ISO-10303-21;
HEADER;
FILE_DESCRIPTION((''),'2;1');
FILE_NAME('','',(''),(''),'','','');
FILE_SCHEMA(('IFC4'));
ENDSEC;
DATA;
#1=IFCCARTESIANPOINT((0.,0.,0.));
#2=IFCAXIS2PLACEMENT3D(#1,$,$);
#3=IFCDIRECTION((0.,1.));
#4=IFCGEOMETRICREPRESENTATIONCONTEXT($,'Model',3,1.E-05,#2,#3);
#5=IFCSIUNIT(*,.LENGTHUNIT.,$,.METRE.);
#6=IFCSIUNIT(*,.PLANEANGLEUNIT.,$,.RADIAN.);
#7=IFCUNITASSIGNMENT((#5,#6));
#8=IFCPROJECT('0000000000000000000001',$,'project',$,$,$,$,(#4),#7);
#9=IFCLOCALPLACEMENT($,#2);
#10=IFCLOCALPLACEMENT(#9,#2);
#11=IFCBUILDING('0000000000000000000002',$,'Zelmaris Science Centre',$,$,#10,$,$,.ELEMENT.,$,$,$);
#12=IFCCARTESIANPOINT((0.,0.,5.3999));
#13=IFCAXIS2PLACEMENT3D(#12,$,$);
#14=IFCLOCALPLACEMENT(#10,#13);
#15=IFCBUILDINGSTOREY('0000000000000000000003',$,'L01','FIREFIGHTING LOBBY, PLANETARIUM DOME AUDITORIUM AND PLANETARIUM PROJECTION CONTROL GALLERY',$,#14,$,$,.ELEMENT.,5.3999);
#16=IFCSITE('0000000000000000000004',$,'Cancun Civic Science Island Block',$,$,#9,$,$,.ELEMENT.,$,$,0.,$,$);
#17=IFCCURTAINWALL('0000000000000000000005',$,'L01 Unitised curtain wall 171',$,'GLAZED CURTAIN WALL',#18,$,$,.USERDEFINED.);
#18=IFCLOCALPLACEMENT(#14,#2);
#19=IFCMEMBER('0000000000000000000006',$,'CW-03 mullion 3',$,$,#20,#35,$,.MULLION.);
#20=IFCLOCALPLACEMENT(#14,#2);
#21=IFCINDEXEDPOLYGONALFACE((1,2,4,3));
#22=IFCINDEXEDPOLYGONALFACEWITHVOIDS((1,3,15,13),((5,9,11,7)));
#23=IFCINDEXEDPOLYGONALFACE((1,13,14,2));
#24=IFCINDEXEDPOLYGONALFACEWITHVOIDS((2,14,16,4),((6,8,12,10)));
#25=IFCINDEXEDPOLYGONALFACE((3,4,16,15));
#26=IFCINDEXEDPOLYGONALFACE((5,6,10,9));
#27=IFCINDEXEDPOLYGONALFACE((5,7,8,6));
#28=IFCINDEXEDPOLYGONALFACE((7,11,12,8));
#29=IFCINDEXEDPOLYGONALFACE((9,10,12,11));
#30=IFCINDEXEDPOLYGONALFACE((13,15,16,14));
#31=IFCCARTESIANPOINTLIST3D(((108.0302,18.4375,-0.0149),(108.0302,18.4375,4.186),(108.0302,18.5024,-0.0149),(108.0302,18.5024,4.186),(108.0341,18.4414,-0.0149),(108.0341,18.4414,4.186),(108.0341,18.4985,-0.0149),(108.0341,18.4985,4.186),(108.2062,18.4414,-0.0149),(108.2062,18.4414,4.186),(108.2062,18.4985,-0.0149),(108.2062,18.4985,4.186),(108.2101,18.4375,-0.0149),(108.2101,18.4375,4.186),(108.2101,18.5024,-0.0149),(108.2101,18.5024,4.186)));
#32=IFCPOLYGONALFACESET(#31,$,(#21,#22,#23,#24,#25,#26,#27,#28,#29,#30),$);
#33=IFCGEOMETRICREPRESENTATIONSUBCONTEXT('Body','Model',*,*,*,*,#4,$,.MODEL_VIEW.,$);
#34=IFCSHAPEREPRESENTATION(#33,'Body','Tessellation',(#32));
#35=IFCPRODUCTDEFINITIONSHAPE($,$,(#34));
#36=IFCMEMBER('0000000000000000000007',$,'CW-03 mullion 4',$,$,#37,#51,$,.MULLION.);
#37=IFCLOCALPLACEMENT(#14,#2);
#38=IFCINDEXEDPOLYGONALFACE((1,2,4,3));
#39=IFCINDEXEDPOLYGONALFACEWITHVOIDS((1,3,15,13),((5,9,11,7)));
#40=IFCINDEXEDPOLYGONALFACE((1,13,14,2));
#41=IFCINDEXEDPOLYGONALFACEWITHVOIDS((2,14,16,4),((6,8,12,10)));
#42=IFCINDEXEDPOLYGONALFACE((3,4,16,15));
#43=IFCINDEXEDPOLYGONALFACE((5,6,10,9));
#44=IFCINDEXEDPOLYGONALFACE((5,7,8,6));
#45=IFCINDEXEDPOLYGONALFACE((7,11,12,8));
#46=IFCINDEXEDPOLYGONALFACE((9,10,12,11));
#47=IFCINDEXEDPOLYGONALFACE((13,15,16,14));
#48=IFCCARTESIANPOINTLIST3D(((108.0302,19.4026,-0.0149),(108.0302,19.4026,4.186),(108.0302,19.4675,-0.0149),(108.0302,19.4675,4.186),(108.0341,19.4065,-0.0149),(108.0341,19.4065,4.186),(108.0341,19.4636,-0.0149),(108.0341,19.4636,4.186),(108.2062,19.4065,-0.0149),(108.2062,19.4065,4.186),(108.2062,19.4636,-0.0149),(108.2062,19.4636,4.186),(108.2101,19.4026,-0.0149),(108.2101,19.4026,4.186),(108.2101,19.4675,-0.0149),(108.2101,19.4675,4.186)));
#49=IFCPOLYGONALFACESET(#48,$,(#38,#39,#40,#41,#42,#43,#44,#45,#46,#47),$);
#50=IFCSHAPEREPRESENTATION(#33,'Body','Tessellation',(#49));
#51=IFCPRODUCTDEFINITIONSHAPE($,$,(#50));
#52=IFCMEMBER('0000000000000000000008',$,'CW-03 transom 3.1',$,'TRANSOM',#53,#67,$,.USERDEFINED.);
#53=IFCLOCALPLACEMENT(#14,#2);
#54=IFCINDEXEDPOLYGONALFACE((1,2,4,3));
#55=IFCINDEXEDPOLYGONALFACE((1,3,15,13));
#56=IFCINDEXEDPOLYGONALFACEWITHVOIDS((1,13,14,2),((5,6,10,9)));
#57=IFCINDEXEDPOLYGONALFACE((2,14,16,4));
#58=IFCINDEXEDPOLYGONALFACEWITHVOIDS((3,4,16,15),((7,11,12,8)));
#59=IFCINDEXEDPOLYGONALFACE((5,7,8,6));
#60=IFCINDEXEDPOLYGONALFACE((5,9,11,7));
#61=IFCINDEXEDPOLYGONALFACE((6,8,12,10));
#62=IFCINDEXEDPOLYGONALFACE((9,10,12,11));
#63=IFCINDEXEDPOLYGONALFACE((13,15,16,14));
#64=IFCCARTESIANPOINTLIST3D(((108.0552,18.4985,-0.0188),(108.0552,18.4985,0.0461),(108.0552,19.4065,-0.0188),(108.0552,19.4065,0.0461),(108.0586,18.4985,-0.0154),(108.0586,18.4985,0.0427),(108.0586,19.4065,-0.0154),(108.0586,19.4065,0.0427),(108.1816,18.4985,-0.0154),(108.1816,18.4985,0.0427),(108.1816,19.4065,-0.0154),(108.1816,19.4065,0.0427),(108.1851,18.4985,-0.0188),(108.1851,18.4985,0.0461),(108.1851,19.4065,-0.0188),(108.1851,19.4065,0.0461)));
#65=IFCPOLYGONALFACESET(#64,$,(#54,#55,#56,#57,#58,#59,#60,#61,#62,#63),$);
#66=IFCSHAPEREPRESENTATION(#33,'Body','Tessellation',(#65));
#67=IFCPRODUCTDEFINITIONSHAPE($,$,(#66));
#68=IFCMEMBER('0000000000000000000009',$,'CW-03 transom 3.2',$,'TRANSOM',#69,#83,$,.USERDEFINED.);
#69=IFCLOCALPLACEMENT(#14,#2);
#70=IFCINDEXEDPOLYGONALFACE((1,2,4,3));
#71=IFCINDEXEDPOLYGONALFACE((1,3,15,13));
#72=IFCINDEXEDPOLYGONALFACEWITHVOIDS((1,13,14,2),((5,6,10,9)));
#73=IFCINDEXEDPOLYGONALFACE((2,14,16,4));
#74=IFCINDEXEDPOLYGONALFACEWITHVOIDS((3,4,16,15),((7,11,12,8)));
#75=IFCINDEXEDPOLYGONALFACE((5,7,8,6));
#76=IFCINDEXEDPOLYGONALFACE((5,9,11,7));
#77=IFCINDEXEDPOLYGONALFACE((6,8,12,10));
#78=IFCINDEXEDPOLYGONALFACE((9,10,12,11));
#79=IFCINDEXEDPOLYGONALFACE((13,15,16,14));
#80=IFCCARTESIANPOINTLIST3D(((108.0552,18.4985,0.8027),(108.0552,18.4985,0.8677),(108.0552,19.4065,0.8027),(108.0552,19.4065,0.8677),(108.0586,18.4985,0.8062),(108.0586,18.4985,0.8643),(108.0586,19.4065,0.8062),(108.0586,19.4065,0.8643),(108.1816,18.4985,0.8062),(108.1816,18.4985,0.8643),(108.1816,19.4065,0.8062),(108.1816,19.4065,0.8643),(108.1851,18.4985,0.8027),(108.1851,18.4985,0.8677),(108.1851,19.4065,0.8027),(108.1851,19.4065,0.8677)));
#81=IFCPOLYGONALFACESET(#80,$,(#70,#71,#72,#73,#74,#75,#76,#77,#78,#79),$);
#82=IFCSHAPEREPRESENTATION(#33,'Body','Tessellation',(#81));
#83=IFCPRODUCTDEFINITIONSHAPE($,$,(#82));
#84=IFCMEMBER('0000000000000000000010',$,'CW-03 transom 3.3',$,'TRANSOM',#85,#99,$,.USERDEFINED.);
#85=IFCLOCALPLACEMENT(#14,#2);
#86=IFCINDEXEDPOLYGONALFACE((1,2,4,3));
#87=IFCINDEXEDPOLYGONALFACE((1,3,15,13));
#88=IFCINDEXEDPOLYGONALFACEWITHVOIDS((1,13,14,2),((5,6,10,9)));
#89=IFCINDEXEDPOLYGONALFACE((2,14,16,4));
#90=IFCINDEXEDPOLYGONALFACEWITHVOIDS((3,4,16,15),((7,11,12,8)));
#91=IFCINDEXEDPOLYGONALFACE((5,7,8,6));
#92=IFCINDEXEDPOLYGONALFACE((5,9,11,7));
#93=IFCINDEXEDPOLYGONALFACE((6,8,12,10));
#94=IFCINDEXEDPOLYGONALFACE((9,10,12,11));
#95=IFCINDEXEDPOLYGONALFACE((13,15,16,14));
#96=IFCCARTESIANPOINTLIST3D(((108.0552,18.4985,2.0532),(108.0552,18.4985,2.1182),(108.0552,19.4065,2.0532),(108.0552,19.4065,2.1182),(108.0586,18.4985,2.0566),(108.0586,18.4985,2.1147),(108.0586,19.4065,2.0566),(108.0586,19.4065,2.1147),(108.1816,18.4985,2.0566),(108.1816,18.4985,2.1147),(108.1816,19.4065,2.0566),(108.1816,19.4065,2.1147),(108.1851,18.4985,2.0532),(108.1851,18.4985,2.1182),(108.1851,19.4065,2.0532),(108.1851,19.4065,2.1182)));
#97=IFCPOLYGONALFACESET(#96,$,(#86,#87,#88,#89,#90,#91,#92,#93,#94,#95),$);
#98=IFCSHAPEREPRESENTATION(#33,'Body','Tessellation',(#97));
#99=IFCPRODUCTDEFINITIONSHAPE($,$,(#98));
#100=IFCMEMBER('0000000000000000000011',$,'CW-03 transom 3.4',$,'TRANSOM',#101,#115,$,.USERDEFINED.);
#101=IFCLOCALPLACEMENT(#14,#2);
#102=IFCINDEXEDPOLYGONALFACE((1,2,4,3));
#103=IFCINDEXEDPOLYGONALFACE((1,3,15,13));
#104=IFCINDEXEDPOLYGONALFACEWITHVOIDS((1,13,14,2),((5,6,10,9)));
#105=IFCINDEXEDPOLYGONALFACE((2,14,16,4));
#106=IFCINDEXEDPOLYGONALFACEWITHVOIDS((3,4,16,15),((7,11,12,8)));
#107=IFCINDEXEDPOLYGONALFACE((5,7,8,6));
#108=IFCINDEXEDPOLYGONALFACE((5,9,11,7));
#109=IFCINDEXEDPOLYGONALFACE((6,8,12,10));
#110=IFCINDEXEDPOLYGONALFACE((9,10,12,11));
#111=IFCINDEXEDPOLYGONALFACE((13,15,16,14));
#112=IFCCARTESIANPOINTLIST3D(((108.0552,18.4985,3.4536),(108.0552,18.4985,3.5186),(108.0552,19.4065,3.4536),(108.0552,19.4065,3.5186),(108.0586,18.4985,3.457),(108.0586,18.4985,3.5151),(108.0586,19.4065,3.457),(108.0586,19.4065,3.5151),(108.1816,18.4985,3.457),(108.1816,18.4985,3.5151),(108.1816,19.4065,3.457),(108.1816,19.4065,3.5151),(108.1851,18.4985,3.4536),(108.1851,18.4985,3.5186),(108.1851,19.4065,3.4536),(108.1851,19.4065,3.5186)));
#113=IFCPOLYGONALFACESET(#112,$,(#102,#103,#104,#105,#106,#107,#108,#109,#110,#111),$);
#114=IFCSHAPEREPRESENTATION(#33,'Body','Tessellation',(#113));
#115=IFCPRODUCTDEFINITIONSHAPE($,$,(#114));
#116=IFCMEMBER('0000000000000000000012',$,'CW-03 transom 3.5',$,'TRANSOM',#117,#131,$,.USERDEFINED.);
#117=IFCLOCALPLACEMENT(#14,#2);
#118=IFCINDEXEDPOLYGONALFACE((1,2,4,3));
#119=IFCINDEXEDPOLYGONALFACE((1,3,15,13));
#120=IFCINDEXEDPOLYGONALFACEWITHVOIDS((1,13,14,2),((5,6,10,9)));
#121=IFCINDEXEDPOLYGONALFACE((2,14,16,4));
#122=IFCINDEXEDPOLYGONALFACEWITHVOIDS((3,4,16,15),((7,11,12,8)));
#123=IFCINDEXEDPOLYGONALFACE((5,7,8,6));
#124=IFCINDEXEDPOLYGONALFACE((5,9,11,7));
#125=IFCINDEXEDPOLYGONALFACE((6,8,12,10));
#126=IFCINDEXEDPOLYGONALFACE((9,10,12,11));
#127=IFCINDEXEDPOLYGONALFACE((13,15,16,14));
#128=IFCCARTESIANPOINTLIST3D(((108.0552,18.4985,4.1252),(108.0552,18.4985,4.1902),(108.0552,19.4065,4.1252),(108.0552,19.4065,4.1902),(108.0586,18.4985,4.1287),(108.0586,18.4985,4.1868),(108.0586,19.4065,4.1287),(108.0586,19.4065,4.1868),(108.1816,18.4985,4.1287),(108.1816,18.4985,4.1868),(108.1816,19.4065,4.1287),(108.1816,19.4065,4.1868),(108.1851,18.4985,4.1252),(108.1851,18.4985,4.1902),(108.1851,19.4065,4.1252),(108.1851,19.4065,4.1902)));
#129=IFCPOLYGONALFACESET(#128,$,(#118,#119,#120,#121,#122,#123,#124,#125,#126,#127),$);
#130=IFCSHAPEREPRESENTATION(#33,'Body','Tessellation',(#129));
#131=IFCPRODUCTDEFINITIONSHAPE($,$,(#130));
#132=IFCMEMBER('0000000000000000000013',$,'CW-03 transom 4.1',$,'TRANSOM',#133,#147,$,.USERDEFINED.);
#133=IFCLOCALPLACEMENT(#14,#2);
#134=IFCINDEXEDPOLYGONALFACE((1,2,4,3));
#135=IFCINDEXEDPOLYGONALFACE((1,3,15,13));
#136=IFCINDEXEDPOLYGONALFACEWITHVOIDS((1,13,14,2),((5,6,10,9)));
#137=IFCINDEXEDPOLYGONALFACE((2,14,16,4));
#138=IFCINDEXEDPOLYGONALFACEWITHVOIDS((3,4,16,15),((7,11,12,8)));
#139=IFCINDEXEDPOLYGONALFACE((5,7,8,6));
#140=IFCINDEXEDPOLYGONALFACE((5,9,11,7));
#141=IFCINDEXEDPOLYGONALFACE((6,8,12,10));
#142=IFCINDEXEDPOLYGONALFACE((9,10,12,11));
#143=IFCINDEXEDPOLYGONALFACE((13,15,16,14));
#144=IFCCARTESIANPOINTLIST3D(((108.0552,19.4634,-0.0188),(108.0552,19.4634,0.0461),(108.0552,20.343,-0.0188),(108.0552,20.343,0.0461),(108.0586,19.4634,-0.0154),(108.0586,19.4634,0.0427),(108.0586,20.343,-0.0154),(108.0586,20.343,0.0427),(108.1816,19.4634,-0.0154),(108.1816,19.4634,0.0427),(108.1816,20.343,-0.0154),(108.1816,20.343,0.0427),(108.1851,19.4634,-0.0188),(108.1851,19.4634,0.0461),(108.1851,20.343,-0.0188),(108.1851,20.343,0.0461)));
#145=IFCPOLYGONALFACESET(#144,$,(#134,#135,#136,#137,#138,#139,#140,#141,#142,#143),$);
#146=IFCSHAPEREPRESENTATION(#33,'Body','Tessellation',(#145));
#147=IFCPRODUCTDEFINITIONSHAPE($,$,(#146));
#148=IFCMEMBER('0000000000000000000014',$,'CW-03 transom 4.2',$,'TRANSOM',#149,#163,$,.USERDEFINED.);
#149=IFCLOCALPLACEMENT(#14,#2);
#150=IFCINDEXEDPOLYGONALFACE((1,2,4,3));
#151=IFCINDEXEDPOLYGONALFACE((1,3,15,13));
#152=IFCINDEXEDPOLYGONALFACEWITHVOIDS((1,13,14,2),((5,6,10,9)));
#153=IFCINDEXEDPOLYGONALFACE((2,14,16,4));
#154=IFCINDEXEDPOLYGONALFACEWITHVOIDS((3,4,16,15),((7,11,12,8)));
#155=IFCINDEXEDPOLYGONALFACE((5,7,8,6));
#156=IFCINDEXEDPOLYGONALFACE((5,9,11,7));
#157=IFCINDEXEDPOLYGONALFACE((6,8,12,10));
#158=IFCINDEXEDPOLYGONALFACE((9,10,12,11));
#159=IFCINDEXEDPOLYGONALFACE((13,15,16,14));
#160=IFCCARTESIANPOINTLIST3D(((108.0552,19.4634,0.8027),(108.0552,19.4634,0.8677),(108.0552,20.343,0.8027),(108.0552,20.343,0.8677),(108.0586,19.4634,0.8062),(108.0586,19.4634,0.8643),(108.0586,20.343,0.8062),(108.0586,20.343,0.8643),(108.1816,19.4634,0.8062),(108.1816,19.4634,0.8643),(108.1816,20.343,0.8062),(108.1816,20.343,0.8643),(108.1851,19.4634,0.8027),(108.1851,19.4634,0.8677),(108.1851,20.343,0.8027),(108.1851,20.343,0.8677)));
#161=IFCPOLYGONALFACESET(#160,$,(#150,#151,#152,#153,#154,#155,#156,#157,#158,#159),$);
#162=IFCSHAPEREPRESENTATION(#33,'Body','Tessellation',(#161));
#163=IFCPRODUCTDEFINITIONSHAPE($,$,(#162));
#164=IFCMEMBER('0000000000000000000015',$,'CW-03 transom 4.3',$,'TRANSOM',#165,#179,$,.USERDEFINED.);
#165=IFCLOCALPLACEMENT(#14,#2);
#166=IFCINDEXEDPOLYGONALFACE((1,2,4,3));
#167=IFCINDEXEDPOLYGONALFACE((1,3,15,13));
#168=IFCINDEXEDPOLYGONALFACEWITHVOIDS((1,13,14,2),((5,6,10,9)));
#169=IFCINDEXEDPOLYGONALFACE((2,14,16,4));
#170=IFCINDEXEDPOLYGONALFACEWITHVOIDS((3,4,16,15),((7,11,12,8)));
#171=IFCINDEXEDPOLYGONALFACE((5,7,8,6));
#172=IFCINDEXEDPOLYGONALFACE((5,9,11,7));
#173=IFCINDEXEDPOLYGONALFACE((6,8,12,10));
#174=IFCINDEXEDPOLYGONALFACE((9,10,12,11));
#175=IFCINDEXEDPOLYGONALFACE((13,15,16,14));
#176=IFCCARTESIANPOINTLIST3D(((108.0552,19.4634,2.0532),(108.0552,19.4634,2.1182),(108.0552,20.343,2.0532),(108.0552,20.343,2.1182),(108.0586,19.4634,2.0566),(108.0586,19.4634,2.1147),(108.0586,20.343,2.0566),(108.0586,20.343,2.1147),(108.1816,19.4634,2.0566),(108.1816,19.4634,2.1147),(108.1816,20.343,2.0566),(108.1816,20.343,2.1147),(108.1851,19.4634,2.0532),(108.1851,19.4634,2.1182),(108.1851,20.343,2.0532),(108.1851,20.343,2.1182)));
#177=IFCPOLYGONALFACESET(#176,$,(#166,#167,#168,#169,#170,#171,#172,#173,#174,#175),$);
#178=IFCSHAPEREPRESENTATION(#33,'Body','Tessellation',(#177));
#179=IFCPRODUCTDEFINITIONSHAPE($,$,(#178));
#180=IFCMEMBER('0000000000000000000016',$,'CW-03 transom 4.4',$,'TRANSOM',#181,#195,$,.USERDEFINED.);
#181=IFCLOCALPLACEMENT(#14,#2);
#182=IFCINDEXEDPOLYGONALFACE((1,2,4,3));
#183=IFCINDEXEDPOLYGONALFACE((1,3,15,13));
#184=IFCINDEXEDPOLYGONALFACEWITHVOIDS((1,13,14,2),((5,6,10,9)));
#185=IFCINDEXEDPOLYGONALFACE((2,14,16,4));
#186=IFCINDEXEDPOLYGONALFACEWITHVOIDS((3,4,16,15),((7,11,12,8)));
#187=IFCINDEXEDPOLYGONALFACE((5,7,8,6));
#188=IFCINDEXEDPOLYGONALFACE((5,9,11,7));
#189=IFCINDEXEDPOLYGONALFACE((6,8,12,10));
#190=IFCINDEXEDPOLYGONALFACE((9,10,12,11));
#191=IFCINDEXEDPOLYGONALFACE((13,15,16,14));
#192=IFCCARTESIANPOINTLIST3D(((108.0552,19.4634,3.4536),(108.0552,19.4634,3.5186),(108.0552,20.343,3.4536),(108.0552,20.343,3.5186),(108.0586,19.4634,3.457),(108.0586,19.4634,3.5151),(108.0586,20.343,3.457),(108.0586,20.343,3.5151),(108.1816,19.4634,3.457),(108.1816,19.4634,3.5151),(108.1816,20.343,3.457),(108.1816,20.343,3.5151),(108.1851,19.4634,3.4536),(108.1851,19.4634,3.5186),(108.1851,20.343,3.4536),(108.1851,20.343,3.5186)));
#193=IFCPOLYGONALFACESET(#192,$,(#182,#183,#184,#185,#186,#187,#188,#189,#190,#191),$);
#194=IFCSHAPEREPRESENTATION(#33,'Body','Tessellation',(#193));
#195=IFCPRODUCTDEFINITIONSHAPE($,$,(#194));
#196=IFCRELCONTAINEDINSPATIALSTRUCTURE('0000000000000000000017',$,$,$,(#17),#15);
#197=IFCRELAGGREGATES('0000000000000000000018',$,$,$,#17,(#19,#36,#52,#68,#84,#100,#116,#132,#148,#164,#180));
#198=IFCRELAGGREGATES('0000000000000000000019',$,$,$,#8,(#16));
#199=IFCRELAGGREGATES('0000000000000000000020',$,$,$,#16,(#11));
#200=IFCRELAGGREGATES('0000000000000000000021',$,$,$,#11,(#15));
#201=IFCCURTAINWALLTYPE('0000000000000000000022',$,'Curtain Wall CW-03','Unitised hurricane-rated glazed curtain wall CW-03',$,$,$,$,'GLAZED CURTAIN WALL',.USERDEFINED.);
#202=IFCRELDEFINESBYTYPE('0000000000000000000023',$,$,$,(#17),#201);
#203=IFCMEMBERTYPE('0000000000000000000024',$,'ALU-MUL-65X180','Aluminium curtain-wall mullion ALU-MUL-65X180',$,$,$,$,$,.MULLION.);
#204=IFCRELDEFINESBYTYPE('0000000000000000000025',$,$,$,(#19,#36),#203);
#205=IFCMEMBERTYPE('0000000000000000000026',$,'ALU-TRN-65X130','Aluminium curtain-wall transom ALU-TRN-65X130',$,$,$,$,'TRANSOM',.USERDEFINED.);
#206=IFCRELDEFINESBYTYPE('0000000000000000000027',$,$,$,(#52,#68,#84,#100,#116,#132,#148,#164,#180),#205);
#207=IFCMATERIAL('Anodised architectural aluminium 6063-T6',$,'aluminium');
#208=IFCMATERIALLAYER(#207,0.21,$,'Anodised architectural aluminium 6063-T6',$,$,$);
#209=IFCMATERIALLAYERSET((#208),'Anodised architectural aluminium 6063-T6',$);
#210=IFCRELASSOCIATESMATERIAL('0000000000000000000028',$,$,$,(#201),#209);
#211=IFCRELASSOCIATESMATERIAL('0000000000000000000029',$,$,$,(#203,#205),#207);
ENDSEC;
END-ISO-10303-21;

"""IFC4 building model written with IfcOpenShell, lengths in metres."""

from ifc_helpers import new_model, si_unit, direction, frame, origin, origin_2d, place, context, subcontext, project, spatial, hollow_rectangle, extrude, material, layer, layer_set, material_profile, profile_set, type_object, element, aggregate, save


model = new_model("IFC4")

# Units and contexts
model_context = context("Model", 3, precision=1e-05, world=origin(), true_north=direction((0.0, 1.0)))
body_context = subcontext(model_context, "Body", "Model", "MODEL_VIEW")
ifc_project = project(units=[si_unit("LENGTHUNIT", "METRE"), si_unit("PLANEANGLEUNIT", "RADIAN")], contexts=[model_context])

# Site, building, storey
site_placement = place(None, origin())
site = spatial("IfcSite", under=ifc_project, at=site_placement, Name="Cancun Civic Science Island Block", CompositionType="ELEMENT", RefElevation=0.0)
building_placement = place(site_placement, origin())
building = spatial("IfcBuilding", under=site, at=building_placement, Name="Zelmaris Science Centre", CompositionType="ELEMENT")
storey_placement = place(building_placement, frame((0.0, 0.0, 5.3999)))
storey = spatial("IfcBuildingStorey", under=building, at=storey_placement, Name="L01", Description="FIREFIGHTING LOBBY, PLANETARIUM DOME AUDITORIUM AND PLANETARIUM PROJECTION CONTROL GALLERY", CompositionType="ELEMENT", Elevation=5.3999)

# Curtain wall, members
ifc_material_1 = material(Name="Anodised architectural aluminium 6063-T6", Category="aluminium")
ifc_layer_1 = layer(ifc_material_1, 0.21, Name="Anodised architectural aluminium 6063-T6")
ifc_layer_set_1 = layer_set([ifc_layer_1], Name="Anodised architectural aluminium 6063-T6")
curtain_wall_type = type_object("IfcCurtainWallType", Name="Curtain Wall CW-03", Description="Unitised hurricane-rated glazed curtain wall CW-03", ElementType="GLAZED CURTAIN WALL", PredefinedType="USERDEFINED", material=ifc_layer_set_1)
curtain_wall_placement = place(storey_placement, origin())
curtain_wall = element("IfcCurtainWall", 1, at=curtain_wall_placement, inside=storey, type_object=curtain_wall_type, Name="L01 Unitised curtain wall 171", ObjectType="GLAZED CURTAIN WALL", PredefinedType="USERDEFINED")
ifc_material_profile_1 = material_profile(ifc_material_1, hollow_rectangle(XDim=0.0649, YDim=0.1799, WallThickness=0.0039, at=origin_2d()), Name="ALU-MUL-65X180")
ifc_profile_set_1 = profile_set([ifc_material_profile_1], Name="Anodised architectural aluminium 6063-T6")
member_type_1 = type_object("IfcMemberType", Name="ALU-MUL-65X180", Description="Aluminium curtain-wall mullion ALU-MUL-65X180", PredefinedType="MULLION", material=ifc_profile_set_1)
member_1_placement = place(storey_placement, frame((108.1201, 18.47, -0.0149), z_axis=(0.0, 0.0, 1.0), x_axis=(-0.000005, 1.0, 0.0)))
member_1 = element("IfcMember", 2, at=member_1_placement, type_object=member_type_1, Name="CW-03 mullion 3", PredefinedType="MULLION", context=body_context, shape_type="SweptSolid", body=[
    extrude(hollow_rectangle(XDim=0.0649, YDim=0.1799, WallThickness=0.0039, at=origin_2d()), origin(), (0.0, 0.0, 1.0), 4.2009),
])
member_2_placement = place(storey_placement, frame((108.1201, 19.4351, -0.0149), z_axis=(0.0, 0.0, 1.0), x_axis=(-0.000005, 1.0, 0.0)))
member_2 = element("IfcMember", 3, at=member_2_placement, type_object=member_type_1, Name="CW-03 mullion 4", PredefinedType="MULLION", context=body_context, shape_type="SweptSolid", body=[
    extrude(hollow_rectangle(XDim=0.0649, YDim=0.1799, WallThickness=0.0039, at=origin_2d()), origin(), (0.0, 0.0, 1.0), 4.2009),
])
ifc_material_profile_2 = material_profile(ifc_material_1, hollow_rectangle(XDim=0.0649, YDim=0.1299, WallThickness=0.0034, at=origin_2d()), Name="ALU-TRN-65X130")
ifc_profile_set_2 = profile_set([ifc_material_profile_2], Name="Anodised architectural aluminium 6063-T6")
member_type_2 = type_object("IfcMemberType", Name="ALU-TRN-65X130", Description="Aluminium curtain-wall transom ALU-TRN-65X130", ElementType="TRANSOM", PredefinedType="USERDEFINED", material=ifc_profile_set_2)
member_3_placement = place(storey_placement, frame((108.1201, 18.4985, 0.0137), z_axis=(0.0, 1.0, 0.0), x_axis=(0.0, 0.0, 1.0)))
member_3 = element("IfcMember", 4, at=member_3_placement, type_object=member_type_2, Name="CW-03 transom 3.1", ObjectType="TRANSOM", PredefinedType="USERDEFINED", context=body_context, shape_type="SweptSolid", body=[
    extrude(hollow_rectangle(XDim=0.0649, YDim=0.1299, WallThickness=0.0034, at=origin_2d()), origin(), (0.0, 0.0, 1.0), 0.908),
])
member_4_placement = place(storey_placement, frame((108.1201, 18.4985, 0.8352), z_axis=(0.0, 1.0, 0.0), x_axis=(0.0, 0.0, 1.0)))
member_4 = element("IfcMember", 5, at=member_4_placement, type_object=member_type_2, Name="CW-03 transom 3.2", ObjectType="TRANSOM", PredefinedType="USERDEFINED", context=body_context, shape_type="SweptSolid", body=[
    extrude(hollow_rectangle(XDim=0.0649, YDim=0.1299, WallThickness=0.0034, at=origin_2d()), origin(), (0.0, 0.0, 1.0), 0.908),
])
member_5_placement = place(storey_placement, frame((108.1201, 18.4985, 2.0857), z_axis=(0.0, 1.0, 0.0), x_axis=(0.0, 0.0, 1.0)))
member_5 = element("IfcMember", 6, at=member_5_placement, type_object=member_type_2, Name="CW-03 transom 3.3", ObjectType="TRANSOM", PredefinedType="USERDEFINED", context=body_context, shape_type="SweptSolid", body=[
    extrude(hollow_rectangle(XDim=0.0649, YDim=0.1299, WallThickness=0.0034, at=origin_2d()), origin(), (0.0, 0.0, 1.0), 0.908),
])
member_6_placement = place(storey_placement, frame((108.1201, 18.4985, 3.4861), z_axis=(0.0, 1.0, 0.0), x_axis=(0.0, 0.0, 1.0)))
member_6 = element("IfcMember", 7, at=member_6_placement, type_object=member_type_2, Name="CW-03 transom 3.4", ObjectType="TRANSOM", PredefinedType="USERDEFINED", context=body_context, shape_type="SweptSolid", body=[
    extrude(hollow_rectangle(XDim=0.0649, YDim=0.1299, WallThickness=0.0034, at=origin_2d()), origin(), (0.0, 0.0, 1.0), 0.908),
])
member_7_placement = place(storey_placement, frame((108.1201, 18.4985, 4.1577), z_axis=(0.0, 1.0, 0.0), x_axis=(0.0, 0.0, 1.0)))
member_7 = element("IfcMember", 8, at=member_7_placement, type_object=member_type_2, Name="CW-03 transom 3.5", ObjectType="TRANSOM", PredefinedType="USERDEFINED", context=body_context, shape_type="SweptSolid", body=[
    extrude(hollow_rectangle(XDim=0.0649, YDim=0.1299, WallThickness=0.0034, at=origin_2d()), origin(), (0.0, 0.0, 1.0), 0.908),
])
member_8_placement = place(storey_placement, frame((108.1201, 19.4634, 0.0137), z_axis=(0.0, 1.0, 0.0), x_axis=(0.0, 0.0, 1.0)))
member_8 = element("IfcMember", 9, at=member_8_placement, type_object=member_type_2, Name="CW-03 transom 4.1", ObjectType="TRANSOM", PredefinedType="USERDEFINED", context=body_context, shape_type="SweptSolid", body=[
    extrude(hollow_rectangle(XDim=0.0649, YDim=0.1299, WallThickness=0.0034, at=origin_2d()), origin(), (0.0, 0.0, 1.0), 0.8796),
])
member_9_placement = place(storey_placement, frame((108.1201, 19.4634, 0.8352), z_axis=(0.0, 1.0, 0.0), x_axis=(0.0, 0.0, 1.0)))
member_9 = element("IfcMember", 10, at=member_9_placement, type_object=member_type_2, Name="CW-03 transom 4.2", ObjectType="TRANSOM", PredefinedType="USERDEFINED", context=body_context, shape_type="SweptSolid", body=[
    extrude(hollow_rectangle(XDim=0.0649, YDim=0.1299, WallThickness=0.0034, at=origin_2d()), origin(), (0.0, 0.0, 1.0), 0.8796),
])
member_10_placement = place(storey_placement, frame((108.1201, 19.4634, 2.0857), z_axis=(0.0, 1.0, 0.0), x_axis=(0.0, 0.0, 1.0)))
member_10 = element("IfcMember", 11, at=member_10_placement, type_object=member_type_2, Name="CW-03 transom 4.3", ObjectType="TRANSOM", PredefinedType="USERDEFINED", context=body_context, shape_type="SweptSolid", body=[
    extrude(hollow_rectangle(XDim=0.0649, YDim=0.1299, WallThickness=0.0034, at=origin_2d()), origin(), (0.0, 0.0, 1.0), 0.8796),
])
member_11_placement = place(storey_placement, frame((108.1201, 19.4634, 3.4861), z_axis=(0.0, 1.0, 0.0), x_axis=(0.0, 0.0, 1.0)))
member_11 = element("IfcMember", 12, at=member_11_placement, type_object=member_type_2, Name="CW-03 transom 4.4", ObjectType="TRANSOM", PredefinedType="USERDEFINED", context=body_context, shape_type="SweptSolid", body=[
    extrude(hollow_rectangle(XDim=0.0649, YDim=0.1299, WallThickness=0.0034, at=origin_2d()), origin(), (0.0, 0.0, 1.0), 0.8796),
])
aggregate(curtain_wall, [member_1, member_2, member_3, member_4, member_5, member_6, member_7, member_8, member_9, member_10, member_11])

save(model, "model.ifc")
